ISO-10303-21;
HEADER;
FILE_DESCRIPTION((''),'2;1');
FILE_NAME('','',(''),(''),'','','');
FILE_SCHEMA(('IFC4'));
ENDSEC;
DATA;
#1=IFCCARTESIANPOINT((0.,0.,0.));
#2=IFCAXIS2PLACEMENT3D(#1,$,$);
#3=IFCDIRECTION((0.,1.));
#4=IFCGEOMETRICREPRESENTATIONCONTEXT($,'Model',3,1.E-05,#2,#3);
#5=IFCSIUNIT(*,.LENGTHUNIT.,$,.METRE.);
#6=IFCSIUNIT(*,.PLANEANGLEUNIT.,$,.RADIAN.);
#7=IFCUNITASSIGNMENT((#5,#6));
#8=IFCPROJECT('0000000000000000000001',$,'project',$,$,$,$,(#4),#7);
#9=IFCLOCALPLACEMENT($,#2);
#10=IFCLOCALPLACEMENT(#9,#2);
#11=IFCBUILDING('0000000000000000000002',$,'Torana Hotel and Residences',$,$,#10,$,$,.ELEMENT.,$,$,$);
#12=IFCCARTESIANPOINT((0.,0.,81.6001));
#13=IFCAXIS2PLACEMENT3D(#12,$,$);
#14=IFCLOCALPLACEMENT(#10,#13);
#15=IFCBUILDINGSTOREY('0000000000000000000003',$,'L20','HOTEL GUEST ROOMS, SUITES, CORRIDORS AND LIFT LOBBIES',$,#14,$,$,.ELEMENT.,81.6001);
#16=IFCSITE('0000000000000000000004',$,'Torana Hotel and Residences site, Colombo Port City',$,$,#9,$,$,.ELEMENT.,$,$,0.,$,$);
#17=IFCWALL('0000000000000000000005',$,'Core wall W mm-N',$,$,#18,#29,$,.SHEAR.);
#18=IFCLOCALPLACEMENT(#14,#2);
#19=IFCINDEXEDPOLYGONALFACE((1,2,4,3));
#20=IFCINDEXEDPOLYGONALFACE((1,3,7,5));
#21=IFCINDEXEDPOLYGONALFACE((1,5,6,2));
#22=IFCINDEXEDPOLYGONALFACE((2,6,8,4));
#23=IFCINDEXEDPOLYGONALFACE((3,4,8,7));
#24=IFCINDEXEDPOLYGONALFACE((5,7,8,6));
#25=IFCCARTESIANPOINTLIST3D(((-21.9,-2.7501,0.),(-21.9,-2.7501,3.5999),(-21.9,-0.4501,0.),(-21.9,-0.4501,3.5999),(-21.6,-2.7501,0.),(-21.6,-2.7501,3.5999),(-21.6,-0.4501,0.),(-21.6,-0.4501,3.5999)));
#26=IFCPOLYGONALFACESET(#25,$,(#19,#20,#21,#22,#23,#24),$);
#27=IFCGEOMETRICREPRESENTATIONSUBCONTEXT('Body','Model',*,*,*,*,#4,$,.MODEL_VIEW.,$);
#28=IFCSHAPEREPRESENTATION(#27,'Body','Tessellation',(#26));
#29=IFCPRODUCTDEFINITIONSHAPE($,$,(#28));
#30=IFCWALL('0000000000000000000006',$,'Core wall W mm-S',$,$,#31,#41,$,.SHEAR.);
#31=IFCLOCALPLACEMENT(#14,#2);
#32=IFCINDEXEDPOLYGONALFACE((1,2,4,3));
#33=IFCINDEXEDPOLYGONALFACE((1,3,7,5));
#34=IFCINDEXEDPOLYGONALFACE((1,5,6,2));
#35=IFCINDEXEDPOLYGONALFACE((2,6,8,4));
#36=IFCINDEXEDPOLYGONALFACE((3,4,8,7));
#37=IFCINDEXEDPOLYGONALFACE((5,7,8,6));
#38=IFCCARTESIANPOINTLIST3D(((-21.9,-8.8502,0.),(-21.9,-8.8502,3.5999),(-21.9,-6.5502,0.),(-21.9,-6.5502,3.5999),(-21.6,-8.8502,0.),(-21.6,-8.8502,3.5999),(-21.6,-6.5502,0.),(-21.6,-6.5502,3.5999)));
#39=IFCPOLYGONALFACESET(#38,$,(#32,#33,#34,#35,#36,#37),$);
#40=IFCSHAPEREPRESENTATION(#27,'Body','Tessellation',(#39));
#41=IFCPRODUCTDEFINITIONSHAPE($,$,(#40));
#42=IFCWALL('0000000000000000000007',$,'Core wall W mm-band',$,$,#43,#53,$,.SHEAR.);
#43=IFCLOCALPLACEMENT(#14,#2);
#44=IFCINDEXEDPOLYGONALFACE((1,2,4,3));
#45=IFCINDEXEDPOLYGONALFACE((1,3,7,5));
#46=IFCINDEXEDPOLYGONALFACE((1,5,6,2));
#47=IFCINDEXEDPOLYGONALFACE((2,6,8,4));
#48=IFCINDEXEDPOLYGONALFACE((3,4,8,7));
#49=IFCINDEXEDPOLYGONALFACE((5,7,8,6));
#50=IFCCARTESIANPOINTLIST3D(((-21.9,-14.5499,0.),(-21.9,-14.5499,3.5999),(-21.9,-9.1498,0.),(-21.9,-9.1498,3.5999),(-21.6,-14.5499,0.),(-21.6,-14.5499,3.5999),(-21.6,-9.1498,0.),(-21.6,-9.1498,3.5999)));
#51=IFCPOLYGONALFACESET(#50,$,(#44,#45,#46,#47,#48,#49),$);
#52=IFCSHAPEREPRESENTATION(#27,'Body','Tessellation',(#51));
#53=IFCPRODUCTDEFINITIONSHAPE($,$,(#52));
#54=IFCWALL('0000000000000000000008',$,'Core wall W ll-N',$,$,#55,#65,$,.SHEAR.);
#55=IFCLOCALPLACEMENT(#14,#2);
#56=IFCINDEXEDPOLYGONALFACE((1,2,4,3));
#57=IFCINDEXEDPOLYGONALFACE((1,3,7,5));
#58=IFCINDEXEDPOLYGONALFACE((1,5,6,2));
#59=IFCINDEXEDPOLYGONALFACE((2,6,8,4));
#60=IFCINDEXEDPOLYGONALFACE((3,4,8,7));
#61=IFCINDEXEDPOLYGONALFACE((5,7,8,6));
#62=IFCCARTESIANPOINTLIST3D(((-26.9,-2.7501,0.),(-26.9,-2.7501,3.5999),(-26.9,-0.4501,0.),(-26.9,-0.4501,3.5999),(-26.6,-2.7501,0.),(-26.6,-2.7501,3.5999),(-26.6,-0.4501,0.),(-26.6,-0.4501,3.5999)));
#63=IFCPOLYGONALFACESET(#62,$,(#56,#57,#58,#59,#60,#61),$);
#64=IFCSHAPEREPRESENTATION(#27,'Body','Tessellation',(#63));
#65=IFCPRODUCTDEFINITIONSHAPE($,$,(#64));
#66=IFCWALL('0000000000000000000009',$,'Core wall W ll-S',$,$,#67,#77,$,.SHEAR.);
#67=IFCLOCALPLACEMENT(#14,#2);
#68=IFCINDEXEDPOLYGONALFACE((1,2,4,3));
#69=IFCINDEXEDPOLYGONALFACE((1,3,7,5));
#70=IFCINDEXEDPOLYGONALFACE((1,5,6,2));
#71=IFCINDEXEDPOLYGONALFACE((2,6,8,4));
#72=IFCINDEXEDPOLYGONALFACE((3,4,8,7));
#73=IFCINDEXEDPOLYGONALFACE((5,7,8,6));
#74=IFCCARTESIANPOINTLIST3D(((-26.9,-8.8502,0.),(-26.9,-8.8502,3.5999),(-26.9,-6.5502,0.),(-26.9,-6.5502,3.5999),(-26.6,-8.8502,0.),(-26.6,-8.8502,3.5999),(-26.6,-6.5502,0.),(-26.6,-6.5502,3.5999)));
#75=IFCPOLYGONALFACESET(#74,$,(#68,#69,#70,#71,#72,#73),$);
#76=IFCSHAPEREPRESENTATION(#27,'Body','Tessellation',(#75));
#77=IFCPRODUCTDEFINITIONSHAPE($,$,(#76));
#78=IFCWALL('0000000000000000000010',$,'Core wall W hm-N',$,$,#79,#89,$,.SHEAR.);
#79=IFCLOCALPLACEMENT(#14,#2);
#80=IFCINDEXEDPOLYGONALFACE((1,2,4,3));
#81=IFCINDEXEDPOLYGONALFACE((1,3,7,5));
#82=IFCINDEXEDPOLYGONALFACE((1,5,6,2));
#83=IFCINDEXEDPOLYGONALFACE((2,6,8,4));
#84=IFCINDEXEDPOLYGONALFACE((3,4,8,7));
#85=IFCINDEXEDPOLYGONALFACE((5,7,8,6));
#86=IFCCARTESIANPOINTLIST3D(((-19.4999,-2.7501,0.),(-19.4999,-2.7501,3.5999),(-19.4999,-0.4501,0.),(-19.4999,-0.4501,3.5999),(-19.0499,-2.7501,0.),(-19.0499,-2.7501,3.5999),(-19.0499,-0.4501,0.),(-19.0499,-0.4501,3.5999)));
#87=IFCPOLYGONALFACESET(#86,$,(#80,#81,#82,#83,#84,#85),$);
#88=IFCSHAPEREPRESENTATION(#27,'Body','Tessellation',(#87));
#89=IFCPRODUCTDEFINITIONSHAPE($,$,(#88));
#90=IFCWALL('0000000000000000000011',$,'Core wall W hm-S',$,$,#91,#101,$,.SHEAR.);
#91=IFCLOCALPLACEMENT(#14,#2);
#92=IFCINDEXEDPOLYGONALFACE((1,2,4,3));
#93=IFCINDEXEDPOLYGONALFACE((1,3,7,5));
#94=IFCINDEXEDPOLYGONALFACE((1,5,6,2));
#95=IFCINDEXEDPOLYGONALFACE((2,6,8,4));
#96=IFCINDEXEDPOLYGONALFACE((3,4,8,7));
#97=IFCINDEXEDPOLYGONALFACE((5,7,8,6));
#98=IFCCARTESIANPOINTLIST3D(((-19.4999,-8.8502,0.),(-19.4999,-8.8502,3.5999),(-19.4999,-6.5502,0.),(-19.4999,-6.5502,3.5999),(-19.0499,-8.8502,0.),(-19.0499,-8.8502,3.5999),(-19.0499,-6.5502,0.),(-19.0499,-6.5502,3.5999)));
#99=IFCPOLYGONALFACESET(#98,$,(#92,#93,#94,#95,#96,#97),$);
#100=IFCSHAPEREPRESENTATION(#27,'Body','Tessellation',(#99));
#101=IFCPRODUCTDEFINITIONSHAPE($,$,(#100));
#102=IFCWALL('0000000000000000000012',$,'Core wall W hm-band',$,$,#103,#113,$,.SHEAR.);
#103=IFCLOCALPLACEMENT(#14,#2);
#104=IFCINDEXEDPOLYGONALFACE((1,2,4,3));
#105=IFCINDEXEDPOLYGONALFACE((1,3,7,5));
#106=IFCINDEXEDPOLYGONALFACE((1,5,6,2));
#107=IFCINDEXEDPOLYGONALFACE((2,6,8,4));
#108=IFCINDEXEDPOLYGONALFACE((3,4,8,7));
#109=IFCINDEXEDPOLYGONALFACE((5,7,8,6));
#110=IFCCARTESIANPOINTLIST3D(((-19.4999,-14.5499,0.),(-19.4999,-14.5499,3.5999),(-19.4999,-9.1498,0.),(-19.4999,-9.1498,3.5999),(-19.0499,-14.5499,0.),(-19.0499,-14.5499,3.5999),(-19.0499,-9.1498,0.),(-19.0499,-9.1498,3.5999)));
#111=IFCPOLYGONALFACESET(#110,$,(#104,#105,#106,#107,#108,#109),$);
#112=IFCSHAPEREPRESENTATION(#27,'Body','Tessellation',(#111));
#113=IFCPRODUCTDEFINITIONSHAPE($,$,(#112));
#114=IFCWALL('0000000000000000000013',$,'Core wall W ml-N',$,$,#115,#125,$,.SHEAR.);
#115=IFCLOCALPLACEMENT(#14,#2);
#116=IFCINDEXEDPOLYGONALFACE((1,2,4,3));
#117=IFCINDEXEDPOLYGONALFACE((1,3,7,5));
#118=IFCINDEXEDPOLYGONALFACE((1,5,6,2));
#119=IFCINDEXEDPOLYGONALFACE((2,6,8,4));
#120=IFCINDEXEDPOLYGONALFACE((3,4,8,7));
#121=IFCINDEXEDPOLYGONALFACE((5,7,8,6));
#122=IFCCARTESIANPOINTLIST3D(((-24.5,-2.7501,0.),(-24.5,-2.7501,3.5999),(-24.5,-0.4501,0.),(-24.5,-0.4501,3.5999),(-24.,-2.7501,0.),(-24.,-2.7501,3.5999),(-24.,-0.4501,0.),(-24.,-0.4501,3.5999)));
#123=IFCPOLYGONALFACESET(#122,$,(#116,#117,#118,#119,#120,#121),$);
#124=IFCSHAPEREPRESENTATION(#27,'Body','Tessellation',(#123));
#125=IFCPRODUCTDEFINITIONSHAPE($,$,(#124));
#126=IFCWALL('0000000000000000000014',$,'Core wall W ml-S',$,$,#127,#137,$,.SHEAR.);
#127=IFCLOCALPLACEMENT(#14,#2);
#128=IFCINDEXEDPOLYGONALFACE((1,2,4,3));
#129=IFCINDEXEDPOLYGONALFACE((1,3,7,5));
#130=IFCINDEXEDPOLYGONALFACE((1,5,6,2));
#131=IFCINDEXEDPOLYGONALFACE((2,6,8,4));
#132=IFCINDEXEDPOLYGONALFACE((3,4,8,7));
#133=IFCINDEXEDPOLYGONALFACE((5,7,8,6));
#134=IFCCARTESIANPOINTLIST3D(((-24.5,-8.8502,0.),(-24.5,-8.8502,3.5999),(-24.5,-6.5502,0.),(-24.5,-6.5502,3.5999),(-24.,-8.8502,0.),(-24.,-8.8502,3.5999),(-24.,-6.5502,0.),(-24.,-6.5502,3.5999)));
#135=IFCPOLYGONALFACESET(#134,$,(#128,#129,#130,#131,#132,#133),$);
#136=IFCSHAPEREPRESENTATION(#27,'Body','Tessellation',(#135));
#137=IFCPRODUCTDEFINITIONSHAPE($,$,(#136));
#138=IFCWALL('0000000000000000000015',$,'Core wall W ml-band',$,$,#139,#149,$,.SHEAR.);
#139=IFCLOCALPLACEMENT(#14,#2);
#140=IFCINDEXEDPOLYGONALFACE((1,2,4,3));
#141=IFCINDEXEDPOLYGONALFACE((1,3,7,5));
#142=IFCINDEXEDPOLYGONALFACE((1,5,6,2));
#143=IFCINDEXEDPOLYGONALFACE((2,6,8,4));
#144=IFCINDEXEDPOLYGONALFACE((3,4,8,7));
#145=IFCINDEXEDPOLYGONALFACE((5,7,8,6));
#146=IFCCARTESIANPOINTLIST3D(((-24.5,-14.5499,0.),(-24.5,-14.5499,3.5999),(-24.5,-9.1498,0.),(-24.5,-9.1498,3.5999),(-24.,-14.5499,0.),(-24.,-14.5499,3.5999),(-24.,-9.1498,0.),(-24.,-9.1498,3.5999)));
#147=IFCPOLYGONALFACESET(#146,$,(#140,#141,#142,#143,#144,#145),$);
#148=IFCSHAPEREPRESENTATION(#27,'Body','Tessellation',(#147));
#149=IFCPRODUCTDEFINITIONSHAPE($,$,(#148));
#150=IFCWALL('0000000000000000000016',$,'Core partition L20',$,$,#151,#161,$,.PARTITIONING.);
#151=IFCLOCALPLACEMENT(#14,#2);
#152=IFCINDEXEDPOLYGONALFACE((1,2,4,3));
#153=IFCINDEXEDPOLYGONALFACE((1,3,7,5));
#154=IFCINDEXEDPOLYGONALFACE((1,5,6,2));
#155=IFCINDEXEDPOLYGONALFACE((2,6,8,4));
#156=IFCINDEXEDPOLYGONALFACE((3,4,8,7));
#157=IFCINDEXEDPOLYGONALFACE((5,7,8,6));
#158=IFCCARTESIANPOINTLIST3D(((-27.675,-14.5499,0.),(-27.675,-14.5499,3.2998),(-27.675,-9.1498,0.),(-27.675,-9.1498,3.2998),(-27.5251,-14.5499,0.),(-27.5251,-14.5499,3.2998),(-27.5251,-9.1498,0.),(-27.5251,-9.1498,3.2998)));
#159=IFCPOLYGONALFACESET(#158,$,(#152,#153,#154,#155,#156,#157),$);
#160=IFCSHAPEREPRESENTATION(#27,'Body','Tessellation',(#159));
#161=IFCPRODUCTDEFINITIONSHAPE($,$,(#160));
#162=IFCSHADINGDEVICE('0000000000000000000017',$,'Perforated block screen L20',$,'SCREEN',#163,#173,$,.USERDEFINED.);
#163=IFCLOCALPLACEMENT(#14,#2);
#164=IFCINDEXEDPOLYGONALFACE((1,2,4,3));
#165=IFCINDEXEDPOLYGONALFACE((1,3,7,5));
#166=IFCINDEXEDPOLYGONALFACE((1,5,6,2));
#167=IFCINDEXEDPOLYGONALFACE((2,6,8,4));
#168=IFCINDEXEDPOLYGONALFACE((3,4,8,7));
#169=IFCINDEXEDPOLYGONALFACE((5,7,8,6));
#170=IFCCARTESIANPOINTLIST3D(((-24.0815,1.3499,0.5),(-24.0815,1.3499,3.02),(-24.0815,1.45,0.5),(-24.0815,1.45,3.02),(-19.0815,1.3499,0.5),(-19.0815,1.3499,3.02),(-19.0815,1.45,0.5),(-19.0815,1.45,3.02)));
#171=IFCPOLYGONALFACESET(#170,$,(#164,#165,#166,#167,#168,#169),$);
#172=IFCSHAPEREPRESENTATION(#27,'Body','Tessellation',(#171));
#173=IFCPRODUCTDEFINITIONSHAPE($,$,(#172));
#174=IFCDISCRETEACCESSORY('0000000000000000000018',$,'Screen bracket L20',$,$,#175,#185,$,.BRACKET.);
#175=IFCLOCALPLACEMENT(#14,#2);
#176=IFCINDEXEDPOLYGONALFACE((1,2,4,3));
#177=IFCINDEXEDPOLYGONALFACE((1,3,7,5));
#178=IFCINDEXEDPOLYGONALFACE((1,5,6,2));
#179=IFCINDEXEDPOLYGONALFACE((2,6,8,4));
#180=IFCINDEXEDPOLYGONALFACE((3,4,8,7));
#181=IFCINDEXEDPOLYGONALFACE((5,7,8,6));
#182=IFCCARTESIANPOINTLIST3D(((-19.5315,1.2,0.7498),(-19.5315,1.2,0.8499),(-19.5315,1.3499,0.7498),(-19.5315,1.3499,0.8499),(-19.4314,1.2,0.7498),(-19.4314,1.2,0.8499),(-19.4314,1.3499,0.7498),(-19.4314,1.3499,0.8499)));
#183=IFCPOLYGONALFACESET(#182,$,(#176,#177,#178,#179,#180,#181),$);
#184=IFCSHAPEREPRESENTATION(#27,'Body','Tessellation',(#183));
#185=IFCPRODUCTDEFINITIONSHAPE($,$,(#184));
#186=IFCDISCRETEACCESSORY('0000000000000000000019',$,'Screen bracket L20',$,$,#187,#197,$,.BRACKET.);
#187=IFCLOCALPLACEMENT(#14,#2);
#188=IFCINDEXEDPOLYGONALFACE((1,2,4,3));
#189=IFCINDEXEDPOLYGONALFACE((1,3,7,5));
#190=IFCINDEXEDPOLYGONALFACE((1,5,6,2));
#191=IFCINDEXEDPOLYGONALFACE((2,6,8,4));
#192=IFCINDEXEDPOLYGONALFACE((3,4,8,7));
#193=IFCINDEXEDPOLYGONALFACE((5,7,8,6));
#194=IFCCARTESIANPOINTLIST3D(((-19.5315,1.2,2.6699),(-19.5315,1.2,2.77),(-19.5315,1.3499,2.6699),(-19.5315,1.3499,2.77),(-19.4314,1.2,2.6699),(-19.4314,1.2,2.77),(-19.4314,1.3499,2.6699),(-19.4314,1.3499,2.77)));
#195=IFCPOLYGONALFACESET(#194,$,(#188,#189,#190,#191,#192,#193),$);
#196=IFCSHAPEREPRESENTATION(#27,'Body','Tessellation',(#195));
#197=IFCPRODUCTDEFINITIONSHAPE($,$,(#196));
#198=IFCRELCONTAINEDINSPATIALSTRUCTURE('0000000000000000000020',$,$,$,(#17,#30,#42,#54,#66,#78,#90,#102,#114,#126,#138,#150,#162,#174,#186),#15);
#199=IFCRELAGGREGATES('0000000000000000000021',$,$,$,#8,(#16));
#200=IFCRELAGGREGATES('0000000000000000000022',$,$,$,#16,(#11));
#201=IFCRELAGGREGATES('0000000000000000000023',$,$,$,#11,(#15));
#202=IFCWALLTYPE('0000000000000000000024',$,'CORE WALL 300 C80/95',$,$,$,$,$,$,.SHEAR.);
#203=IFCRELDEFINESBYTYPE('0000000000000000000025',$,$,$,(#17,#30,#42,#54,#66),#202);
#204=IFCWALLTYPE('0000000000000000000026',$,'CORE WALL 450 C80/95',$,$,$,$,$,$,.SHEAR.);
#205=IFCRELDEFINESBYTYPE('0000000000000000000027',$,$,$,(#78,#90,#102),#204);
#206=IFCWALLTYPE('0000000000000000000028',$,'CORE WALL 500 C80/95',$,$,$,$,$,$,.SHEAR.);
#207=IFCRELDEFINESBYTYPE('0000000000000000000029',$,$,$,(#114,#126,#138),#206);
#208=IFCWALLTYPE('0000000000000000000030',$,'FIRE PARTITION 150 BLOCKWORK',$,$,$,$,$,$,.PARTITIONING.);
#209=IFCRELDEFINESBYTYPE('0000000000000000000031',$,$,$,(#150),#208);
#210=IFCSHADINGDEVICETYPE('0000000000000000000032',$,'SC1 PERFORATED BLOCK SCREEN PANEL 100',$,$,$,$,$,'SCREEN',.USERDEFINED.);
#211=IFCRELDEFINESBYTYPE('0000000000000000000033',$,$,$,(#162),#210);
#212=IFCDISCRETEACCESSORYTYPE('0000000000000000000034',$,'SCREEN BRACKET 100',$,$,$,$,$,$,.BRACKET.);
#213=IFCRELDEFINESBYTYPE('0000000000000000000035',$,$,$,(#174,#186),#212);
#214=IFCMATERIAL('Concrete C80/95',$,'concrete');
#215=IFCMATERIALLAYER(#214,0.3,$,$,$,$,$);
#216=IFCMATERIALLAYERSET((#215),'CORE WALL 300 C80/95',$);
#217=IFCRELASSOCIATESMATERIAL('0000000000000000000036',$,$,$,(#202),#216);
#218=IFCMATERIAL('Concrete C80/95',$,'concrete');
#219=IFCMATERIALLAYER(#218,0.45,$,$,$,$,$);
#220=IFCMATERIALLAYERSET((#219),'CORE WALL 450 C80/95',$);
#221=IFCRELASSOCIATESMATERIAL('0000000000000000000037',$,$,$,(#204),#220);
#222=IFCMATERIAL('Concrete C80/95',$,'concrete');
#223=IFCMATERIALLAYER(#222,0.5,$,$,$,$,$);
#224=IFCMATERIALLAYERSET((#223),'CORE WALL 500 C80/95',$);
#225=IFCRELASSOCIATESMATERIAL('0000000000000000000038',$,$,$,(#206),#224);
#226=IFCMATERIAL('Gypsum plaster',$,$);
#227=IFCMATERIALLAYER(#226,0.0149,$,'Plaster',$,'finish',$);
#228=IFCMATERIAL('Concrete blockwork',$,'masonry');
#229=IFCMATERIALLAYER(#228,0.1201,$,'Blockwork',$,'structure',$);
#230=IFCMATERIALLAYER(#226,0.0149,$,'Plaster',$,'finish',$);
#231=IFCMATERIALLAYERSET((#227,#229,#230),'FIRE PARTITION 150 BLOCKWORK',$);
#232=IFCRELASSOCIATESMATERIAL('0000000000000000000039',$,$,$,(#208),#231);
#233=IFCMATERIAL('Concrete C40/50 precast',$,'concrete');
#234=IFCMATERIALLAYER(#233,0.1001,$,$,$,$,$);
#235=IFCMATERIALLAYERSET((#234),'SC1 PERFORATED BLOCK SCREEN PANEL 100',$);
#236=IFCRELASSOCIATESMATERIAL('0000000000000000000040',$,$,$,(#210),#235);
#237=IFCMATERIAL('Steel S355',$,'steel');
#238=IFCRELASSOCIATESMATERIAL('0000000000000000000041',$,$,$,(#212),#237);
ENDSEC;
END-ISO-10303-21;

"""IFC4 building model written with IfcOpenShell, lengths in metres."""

from ifc_helpers import new_model, si_unit, direction, frame, frame_2d, origin, origin_2d, place, context, subcontext, project, spatial, rectangle, extrude, material, layer, layer_set, type_object, element, save


model = new_model("IFC4")

# Units and contexts
model_context = context("Model", 3, precision=1e-05, world=origin(), true_north=direction((0.0, 1.0)))
body_context = subcontext(model_context, "Body", "Model", "MODEL_VIEW")
ifc_project = project(units=[si_unit("LENGTHUNIT", "METRE"), si_unit("PLANEANGLEUNIT", "RADIAN")], contexts=[model_context])

# Site, building, storey
site_placement = place(None, origin())
site = spatial("IfcSite", under=ifc_project, at=site_placement, Name="Torana Hotel and Residences site, Colombo Port City", CompositionType="ELEMENT", RefElevation=0.0)
building_placement = place(site_placement, origin())
building = spatial("IfcBuilding", under=site, at=building_placement, Name="Torana Hotel and Residences", CompositionType="ELEMENT")
storey_placement = place(building_placement, frame((0.0, 0.0, 81.6001)))
storey = spatial("IfcBuildingStorey", under=building, at=storey_placement, Name="L20", Description="HOTEL GUEST ROOMS, SUITES, CORRIDORS AND LIFT LOBBIES", CompositionType="ELEMENT", Elevation=81.6001)

# Walls
ifc_material_1 = material(Name="Concrete C80/95", Category="concrete")
ifc_layer_1 = layer(ifc_material_1, 0.3)
ifc_layer_set_1 = layer_set([ifc_layer_1], Name="CORE WALL 300 C80/95")
wall_type_1 = type_object("IfcWallType", Name="CORE WALL 300 C80/95", PredefinedType="SHEAR", material=ifc_layer_set_1)
for number, where, z_axis, x_axis, name in (
    (1, (-21.75, -2.75, 0.0), (0.0, 0.0, 1.0), (0.0, 1.0, 0.0), "Core wall W mm-N"),
    (2, (-21.75, -8.8501, 0.0), (0.0, 0.0, 1.0), (0.0, 1.0, 0.0), "Core wall W mm-S"),
):
    element("IfcWall", number, at=place(storey_placement, frame(where, z_axis=z_axis, x_axis=x_axis)), inside=storey, type_object=wall_type_1, Name=name, PredefinedType="SHEAR", context=body_context, shape_type="SweptSolid", body=[
        extrude(rectangle(XDim=2.3, YDim=0.3, at=frame_2d((1.1499, 0.0))), origin(), (0.0, 0.0, 1.0), 3.5999),
    ])
wall_1_placement = place(storey_placement, frame((-21.75, -14.55, 0.0), z_axis=(0.0, 0.0, 1.0), x_axis=(0.0, 1.0, 0.0)))
element("IfcWall", 3, at=wall_1_placement, inside=storey, type_object=wall_type_1, Name="Core wall W mm-band", PredefinedType="SHEAR", context=body_context, shape_type="SweptSolid", body=[
    extrude(rectangle(XDim=5.4001, YDim=0.3, at=frame_2d((2.7002, 0.0))), origin(), (0.0, 0.0, 1.0), 3.5999),
])
for number, where, z_axis, x_axis, name in (
    (4, (-26.75, -2.75, 0.0), (0.0, 0.0, 1.0), (0.0, 1.0, 0.0), "Core wall W ll-N"),
    (5, (-26.75, -8.8501, 0.0), (0.0, 0.0, 1.0), (0.0, 1.0, 0.0), "Core wall W ll-S"),
):
    element("IfcWall", number, at=place(storey_placement, frame(where, z_axis=z_axis, x_axis=x_axis)), inside=storey, type_object=wall_type_1, Name=name, PredefinedType="SHEAR", context=body_context, shape_type="SweptSolid", body=[
        extrude(rectangle(XDim=2.3, YDim=0.3, at=frame_2d((1.1499, 0.0))), origin(), (0.0, 0.0, 1.0), 3.5999),
    ])
ifc_material_2 = material(Name="Concrete C80/95", Category="concrete")
ifc_layer_2 = layer(ifc_material_2, 0.45)
ifc_layer_set_2 = layer_set([ifc_layer_2], Name="CORE WALL 450 C80/95")
wall_type_2 = type_object("IfcWallType", Name="CORE WALL 450 C80/95", PredefinedType="SHEAR", material=ifc_layer_set_2)
for number, where, z_axis, x_axis, name in (
    (6, (-19.2749, -2.75, 0.0), (0.0, 0.0, 1.0), (0.0, 1.0, 0.0), "Core wall W hm-N"),
    (7, (-19.2749, -8.8501, 0.0), (0.0, 0.0, 1.0), (0.0, 1.0, 0.0), "Core wall W hm-S"),
):
    element("IfcWall", number, at=place(storey_placement, frame(where, z_axis=z_axis, x_axis=x_axis)), inside=storey, type_object=wall_type_2, Name=name, PredefinedType="SHEAR", context=body_context, shape_type="SweptSolid", body=[
        extrude(rectangle(XDim=2.3, YDim=0.45, at=frame_2d((1.1499, 0.0))), origin(), (0.0, 0.0, 1.0), 3.5999),
    ])
wall_2_placement = place(storey_placement, frame((-19.2749, -14.55, 0.0), z_axis=(0.0, 0.0, 1.0), x_axis=(0.0, 1.0, 0.0)))
element("IfcWall", 8, at=wall_2_placement, inside=storey, type_object=wall_type_2, Name="Core wall W hm-band", PredefinedType="SHEAR", context=body_context, shape_type="SweptSolid", body=[
    extrude(rectangle(XDim=5.4001, YDim=0.45, at=frame_2d((2.7002, 0.0))), origin(), (0.0, 0.0, 1.0), 3.5999),
])
ifc_material_3 = material(Name="Concrete C80/95", Category="concrete")
ifc_layer_3 = layer(ifc_material_3, 0.5)
ifc_layer_set_3 = layer_set([ifc_layer_3], Name="CORE WALL 500 C80/95")
wall_type_3 = type_object("IfcWallType", Name="CORE WALL 500 C80/95", PredefinedType="SHEAR", material=ifc_layer_set_3)
for number, where, z_axis, x_axis, name in (
    (9, (-24.25, -2.75, 0.0), (0.0, 0.0, 1.0), (0.0, 1.0, 0.0), "Core wall W ml-N"),
    (10, (-24.25, -8.8501, 0.0), (0.0, 0.0, 1.0), (0.0, 1.0, 0.0), "Core wall W ml-S"),
):
    element("IfcWall", number, at=place(storey_placement, frame(where, z_axis=z_axis, x_axis=x_axis)), inside=storey, type_object=wall_type_3, Name=name, PredefinedType="SHEAR", context=body_context, shape_type="SweptSolid", body=[
        extrude(rectangle(XDim=2.3, YDim=0.5, at=frame_2d((1.1499, 0.0))), origin(), (0.0, 0.0, 1.0), 3.5999),
    ])
wall_3_placement = place(storey_placement, frame((-24.25, -14.55, 0.0), z_axis=(0.0, 0.0, 1.0), x_axis=(0.0, 1.0, 0.0)))
element("IfcWall", 11, at=wall_3_placement, inside=storey, type_object=wall_type_3, Name="Core wall W ml-band", PredefinedType="SHEAR", context=body_context, shape_type="SweptSolid", body=[
    extrude(rectangle(XDim=5.4001, YDim=0.5, at=frame_2d((2.7002, 0.0))), origin(), (0.0, 0.0, 1.0), 3.5999),
])
ifc_material_4 = material(Name="Gypsum plaster")
ifc_layer_4 = layer(ifc_material_4, 0.0149, Name="Plaster", Category="finish")
ifc_material_5 = material(Name="Concrete blockwork", Category="masonry")
ifc_layer_5 = layer(ifc_material_5, 0.1201, Name="Blockwork", Category="structure")
ifc_layer_6 = layer(ifc_material_4, 0.0149, Name="Plaster", Category="finish")
ifc_layer_set_4 = layer_set([ifc_layer_4, ifc_layer_5, ifc_layer_6], Name="FIRE PARTITION 150 BLOCKWORK")
wall_type_4 = type_object("IfcWallType", Name="FIRE PARTITION 150 BLOCKWORK", PredefinedType="PARTITIONING", material=ifc_layer_set_4)
wall_4_placement = place(storey_placement, frame((-27.6001, -14.55, 0.0), z_axis=(0.0, 0.0, 1.0), x_axis=(0.0, 1.0, 0.0)))
element("IfcWall", 12, at=wall_4_placement, inside=storey, type_object=wall_type_4, Name="Core partition L20", PredefinedType="PARTITIONING", context=body_context, shape_type="SweptSolid", body=[
    extrude(rectangle(XDim=5.4001, YDim=0.1499, at=frame_2d((2.7002, 0.0))), origin(), (0.0, 0.0, 1.0), 3.2998),
])

# Shading device
ifc_material_6 = material(Name="Concrete C40/50 precast", Category="concrete")
ifc_layer_7 = layer(ifc_material_6, 0.1001)
ifc_layer_set_5 = layer_set([ifc_layer_7], Name="SC1 PERFORATED BLOCK SCREEN PANEL 100")
shading_device_type = type_object("IfcShadingDeviceType", Name="SC1 PERFORATED BLOCK SCREEN PANEL 100", ElementType="SCREEN", PredefinedType="USERDEFINED", material=ifc_layer_set_5)
shading_device_placement = place(storey_placement, frame((-21.5815, 1.3999, 0.5), z_axis=(0.0, 0.0, 1.0), x_axis=(-1.0, 0.0, 0.0)))
element("IfcShadingDevice", 13, at=shading_device_placement, inside=storey, type_object=shading_device_type, Name="Perforated block screen L20", ObjectType="SCREEN", PredefinedType="USERDEFINED", context=body_context, shape_type="SweptSolid", body=[
    extrude(rectangle(XDim=5.0, YDim=0.1001, at=origin_2d()), origin(), (0.0, 0.0, 1.0), 2.52),
])

# Discrete accessories
ifc_material_7 = material(Name="Steel S355", Category="steel")
discrete_accessory_type = type_object("IfcDiscreteAccessoryType", Name="SCREEN BRACKET 100", PredefinedType="BRACKET", material=ifc_material_7)
for number, where, z_axis, x_axis, name in (
    (14, (-19.4814, 1.2749, 0.7498), (0.0, 0.0, 1.0), (-1.0, 0.0, 0.0), "Screen bracket L20"),
    (15, (-19.4814, 1.2749, 2.6699), (0.0, 0.0, 1.0), (-1.0, 0.0, 0.0), "Screen bracket L20"),
):
    element("IfcDiscreteAccessory", number, at=place(storey_placement, frame(where, z_axis=z_axis, x_axis=x_axis)), inside=storey, type_object=discrete_accessory_type, Name=name, PredefinedType="BRACKET", context=body_context, shape_type="SweptSolid", body=[
        extrude(rectangle(XDim=0.1001, YDim=0.1499, at=origin_2d()), origin(), (0.0, 0.0, 1.0), 0.1001),
    ])

save(model, "model.ifc")
